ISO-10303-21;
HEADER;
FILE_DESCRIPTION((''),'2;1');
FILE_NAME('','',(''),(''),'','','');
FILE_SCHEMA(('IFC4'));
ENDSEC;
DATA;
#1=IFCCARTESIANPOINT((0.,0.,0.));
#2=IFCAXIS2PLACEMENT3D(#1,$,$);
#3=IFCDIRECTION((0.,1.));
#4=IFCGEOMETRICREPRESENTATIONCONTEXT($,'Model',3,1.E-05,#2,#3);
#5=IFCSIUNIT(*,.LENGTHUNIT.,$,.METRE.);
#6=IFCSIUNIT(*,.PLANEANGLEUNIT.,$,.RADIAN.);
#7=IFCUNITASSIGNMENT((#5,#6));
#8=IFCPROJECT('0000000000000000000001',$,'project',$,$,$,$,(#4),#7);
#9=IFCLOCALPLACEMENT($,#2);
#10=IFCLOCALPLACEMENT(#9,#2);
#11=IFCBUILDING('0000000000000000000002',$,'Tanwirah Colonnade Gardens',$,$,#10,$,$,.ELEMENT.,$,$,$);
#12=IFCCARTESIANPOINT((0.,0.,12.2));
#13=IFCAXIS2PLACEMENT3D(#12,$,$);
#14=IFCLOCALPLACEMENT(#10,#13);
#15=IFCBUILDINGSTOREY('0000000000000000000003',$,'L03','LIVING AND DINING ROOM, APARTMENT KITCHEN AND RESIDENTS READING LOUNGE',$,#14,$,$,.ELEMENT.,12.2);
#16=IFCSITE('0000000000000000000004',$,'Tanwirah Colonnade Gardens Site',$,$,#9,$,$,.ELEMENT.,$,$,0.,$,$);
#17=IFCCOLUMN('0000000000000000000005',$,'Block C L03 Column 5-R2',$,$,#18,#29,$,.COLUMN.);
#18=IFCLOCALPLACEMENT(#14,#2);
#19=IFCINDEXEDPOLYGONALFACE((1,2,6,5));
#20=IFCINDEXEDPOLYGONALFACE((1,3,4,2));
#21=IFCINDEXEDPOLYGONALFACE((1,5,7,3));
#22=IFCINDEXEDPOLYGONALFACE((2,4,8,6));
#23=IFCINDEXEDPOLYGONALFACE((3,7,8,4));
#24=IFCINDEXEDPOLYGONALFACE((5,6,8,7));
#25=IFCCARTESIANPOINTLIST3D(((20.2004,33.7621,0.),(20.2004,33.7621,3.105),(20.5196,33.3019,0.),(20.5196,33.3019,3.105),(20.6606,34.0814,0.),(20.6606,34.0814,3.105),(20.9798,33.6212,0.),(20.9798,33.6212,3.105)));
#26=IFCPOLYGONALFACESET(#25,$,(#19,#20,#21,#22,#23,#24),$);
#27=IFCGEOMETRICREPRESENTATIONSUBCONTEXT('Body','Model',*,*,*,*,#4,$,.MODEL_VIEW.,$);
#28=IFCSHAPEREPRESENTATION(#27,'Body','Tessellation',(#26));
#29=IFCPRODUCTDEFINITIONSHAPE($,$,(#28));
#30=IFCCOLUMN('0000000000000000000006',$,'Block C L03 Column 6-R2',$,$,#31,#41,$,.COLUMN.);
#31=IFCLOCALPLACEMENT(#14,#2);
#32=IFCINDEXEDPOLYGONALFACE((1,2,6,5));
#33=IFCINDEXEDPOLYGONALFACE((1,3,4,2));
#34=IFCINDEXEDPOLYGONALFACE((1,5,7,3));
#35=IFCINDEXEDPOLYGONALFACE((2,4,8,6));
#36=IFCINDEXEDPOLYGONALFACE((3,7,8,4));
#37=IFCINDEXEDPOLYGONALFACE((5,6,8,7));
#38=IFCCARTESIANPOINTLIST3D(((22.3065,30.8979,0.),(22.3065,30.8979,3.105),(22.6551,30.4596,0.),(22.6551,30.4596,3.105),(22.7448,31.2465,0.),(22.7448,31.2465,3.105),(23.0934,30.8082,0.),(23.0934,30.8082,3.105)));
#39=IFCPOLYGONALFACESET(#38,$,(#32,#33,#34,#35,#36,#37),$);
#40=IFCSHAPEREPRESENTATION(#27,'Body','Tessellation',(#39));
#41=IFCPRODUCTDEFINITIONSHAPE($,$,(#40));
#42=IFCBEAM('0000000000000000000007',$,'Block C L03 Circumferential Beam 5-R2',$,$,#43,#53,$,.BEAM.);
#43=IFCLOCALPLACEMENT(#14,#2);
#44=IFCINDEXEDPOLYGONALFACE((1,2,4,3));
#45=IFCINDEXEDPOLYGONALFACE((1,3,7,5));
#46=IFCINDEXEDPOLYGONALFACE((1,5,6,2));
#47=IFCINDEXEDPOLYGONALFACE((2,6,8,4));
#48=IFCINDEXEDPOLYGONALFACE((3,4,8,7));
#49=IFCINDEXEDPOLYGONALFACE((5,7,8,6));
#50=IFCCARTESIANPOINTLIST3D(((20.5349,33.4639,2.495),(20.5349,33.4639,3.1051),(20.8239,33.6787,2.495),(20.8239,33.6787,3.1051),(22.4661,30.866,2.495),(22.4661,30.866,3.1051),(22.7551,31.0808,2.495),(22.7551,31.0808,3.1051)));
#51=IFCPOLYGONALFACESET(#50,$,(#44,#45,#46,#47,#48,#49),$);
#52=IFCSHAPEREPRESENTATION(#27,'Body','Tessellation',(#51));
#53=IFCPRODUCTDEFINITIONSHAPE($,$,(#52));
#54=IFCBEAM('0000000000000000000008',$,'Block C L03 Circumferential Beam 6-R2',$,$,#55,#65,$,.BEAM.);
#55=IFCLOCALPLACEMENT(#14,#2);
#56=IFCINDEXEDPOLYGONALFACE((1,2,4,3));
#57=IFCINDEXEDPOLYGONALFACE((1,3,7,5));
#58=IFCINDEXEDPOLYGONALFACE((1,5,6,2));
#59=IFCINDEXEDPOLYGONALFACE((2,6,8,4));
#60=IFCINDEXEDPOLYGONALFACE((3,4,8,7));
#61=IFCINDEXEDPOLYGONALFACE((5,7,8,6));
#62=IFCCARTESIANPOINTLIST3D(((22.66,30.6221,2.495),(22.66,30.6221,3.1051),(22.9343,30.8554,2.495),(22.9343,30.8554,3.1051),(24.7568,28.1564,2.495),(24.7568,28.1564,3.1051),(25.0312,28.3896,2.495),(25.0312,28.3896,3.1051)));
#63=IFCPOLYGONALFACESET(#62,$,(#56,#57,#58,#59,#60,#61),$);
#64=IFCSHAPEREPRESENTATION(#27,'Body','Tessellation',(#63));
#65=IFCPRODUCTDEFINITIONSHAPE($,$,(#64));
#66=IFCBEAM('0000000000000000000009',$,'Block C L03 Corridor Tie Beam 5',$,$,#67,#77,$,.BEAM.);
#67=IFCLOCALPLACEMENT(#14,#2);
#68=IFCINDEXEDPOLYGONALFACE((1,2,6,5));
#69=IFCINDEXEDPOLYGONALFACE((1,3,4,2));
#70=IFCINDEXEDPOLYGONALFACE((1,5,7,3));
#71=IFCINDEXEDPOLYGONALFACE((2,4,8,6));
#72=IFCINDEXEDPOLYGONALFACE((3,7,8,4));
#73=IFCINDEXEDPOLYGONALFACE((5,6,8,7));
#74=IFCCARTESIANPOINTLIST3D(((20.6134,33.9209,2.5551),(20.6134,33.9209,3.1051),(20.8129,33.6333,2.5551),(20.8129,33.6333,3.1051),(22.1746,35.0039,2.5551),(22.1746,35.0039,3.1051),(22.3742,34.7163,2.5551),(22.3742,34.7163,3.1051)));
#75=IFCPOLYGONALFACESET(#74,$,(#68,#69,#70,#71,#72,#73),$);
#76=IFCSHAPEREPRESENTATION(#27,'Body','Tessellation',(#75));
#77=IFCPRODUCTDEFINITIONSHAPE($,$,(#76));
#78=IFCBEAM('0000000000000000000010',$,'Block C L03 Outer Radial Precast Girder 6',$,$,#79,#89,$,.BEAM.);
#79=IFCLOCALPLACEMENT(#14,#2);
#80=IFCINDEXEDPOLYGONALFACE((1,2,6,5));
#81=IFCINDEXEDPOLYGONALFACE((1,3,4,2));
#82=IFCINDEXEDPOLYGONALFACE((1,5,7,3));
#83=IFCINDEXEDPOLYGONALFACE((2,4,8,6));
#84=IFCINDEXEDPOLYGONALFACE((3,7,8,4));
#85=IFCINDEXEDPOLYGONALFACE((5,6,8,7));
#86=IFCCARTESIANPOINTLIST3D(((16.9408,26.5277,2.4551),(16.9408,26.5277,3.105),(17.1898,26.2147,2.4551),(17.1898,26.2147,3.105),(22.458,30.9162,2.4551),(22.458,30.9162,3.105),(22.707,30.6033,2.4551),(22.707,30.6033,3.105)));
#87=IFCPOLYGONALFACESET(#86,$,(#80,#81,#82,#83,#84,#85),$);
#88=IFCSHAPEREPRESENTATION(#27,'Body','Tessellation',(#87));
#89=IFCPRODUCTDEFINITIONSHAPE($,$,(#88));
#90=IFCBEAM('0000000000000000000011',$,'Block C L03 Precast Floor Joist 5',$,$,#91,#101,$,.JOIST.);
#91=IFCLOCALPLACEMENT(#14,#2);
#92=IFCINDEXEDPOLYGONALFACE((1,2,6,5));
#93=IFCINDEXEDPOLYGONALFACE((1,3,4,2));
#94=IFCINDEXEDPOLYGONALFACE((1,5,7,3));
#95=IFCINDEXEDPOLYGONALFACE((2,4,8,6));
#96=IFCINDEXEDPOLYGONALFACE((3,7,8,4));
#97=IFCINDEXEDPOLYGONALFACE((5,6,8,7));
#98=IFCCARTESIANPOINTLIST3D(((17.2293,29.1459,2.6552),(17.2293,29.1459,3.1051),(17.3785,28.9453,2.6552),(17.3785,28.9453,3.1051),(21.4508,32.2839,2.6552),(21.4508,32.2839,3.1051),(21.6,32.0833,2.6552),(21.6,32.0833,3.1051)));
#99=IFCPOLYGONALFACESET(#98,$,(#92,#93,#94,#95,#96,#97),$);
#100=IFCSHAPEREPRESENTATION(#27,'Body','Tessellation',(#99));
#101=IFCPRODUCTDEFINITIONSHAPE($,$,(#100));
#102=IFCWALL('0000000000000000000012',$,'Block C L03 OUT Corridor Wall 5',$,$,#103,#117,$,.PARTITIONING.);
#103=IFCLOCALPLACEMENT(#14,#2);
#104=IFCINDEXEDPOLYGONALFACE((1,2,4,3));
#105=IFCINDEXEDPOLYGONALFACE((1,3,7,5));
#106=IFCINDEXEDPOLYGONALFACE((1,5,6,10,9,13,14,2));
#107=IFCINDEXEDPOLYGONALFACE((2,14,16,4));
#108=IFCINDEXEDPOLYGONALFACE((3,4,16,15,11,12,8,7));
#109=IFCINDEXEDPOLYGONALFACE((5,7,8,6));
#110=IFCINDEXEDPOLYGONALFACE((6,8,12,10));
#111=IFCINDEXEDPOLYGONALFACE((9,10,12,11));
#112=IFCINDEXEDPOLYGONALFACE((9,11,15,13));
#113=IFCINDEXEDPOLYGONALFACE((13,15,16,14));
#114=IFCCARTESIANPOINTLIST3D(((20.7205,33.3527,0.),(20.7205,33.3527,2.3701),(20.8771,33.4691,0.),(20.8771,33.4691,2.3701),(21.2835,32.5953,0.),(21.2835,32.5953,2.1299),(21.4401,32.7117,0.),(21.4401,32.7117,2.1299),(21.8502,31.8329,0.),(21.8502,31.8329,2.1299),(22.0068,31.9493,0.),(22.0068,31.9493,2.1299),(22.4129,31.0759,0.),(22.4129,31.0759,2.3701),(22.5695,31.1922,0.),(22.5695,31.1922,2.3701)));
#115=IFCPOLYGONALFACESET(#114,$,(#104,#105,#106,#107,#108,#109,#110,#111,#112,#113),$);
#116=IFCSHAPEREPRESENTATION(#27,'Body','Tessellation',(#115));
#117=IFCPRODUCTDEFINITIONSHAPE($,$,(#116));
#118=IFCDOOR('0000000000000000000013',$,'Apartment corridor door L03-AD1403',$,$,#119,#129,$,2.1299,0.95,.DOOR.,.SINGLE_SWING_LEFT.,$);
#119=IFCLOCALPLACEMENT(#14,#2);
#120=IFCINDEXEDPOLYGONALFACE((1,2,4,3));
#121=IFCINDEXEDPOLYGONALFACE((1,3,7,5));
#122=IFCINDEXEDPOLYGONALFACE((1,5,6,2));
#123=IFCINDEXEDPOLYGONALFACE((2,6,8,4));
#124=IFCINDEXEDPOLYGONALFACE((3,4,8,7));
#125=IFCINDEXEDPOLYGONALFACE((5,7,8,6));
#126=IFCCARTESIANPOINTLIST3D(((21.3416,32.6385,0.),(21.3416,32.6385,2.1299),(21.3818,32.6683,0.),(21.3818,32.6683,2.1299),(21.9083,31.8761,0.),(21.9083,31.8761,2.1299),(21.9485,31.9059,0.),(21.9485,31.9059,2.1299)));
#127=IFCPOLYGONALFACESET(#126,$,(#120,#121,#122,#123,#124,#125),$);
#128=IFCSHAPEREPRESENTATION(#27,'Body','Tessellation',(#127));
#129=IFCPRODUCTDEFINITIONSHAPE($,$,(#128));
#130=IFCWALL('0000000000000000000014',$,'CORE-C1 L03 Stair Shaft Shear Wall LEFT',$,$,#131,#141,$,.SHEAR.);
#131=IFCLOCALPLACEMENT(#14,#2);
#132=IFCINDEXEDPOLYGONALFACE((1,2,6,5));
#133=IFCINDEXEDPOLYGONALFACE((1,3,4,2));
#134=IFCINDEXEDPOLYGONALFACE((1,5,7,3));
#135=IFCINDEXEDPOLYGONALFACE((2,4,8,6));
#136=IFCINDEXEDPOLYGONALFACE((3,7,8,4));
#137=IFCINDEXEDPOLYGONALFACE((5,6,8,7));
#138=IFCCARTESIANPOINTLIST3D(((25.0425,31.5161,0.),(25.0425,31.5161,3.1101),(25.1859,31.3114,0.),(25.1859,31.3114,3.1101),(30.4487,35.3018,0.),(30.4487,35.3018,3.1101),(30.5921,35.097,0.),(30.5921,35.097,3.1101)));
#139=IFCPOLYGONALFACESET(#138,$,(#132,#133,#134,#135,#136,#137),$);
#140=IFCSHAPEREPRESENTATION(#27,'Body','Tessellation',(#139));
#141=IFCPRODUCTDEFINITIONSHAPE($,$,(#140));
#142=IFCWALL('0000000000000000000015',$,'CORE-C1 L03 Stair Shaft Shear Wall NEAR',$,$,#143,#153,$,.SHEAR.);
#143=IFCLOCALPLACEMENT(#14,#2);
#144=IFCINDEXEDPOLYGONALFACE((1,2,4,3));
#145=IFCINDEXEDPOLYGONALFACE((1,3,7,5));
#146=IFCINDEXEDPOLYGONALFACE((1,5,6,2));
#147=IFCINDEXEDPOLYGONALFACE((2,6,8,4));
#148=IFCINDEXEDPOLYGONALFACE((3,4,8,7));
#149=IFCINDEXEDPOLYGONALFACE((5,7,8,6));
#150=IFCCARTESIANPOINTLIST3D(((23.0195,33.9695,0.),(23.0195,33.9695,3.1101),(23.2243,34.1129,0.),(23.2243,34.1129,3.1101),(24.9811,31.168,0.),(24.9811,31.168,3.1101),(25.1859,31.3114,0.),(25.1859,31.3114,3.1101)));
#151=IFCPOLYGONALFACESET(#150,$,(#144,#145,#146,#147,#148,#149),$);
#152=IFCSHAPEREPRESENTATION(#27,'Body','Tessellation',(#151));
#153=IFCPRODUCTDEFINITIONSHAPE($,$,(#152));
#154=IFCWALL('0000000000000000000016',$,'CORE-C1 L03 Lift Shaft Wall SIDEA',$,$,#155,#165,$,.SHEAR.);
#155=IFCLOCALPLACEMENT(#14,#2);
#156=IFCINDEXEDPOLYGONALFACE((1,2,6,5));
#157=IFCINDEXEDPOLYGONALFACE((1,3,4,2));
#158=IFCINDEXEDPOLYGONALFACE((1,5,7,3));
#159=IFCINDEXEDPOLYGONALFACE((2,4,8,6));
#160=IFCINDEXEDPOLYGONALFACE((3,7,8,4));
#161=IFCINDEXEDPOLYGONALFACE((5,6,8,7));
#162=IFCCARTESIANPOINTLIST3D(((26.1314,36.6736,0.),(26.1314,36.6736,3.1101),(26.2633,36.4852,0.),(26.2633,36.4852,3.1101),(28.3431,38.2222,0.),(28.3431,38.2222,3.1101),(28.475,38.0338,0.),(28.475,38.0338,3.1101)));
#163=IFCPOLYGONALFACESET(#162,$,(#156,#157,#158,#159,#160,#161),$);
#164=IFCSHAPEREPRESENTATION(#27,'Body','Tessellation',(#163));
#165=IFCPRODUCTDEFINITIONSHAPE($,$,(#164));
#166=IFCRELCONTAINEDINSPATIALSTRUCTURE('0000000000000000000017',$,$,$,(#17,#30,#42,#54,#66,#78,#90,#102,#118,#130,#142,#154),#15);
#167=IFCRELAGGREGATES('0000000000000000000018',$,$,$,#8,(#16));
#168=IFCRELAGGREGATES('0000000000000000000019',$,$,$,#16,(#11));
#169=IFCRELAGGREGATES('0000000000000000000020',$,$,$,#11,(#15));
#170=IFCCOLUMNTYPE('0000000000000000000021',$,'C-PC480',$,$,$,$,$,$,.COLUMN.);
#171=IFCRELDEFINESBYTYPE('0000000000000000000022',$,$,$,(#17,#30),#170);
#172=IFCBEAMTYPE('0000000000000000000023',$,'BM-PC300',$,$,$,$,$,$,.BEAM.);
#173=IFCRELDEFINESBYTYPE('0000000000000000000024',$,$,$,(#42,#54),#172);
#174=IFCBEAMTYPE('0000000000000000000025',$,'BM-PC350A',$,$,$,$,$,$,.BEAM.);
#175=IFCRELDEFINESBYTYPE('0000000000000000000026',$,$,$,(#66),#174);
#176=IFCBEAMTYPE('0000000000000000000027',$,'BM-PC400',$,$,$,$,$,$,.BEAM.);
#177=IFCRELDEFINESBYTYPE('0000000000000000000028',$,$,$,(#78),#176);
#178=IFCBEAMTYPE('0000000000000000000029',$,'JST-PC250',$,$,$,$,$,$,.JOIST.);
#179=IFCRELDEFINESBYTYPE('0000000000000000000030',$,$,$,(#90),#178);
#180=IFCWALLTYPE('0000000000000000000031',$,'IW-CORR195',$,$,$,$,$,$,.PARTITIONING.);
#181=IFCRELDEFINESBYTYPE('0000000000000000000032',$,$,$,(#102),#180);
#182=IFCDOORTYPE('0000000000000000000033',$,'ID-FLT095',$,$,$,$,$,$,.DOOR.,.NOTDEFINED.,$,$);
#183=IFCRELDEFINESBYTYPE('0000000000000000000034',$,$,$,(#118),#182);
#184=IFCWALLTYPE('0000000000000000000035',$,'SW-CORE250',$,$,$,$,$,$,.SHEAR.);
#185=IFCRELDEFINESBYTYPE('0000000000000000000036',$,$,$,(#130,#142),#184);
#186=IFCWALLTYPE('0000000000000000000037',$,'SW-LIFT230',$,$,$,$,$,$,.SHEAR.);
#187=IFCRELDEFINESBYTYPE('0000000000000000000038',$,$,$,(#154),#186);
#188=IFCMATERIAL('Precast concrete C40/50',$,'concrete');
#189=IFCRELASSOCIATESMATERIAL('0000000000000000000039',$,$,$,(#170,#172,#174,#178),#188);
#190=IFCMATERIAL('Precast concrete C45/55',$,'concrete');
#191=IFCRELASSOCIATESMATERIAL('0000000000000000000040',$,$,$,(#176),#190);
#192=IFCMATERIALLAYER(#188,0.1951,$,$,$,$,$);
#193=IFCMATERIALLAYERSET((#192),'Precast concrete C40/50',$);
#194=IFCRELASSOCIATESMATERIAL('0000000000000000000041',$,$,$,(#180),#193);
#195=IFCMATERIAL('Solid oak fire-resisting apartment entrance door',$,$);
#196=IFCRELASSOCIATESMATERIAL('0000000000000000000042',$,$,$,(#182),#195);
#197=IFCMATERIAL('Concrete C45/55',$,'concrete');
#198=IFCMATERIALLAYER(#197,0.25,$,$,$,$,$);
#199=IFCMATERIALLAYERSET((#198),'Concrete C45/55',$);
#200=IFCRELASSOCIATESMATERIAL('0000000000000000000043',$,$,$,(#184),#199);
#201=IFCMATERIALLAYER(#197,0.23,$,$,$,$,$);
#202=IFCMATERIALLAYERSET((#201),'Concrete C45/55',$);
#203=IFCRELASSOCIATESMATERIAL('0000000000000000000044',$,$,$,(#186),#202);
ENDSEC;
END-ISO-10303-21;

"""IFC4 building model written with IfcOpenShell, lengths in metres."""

from ifc_helpers import new_model, si_unit, direction, frame, frame_2d, origin, origin_2d, place, context, subcontext, project, spatial, rectangle, extrude, material, layer, layer_set, material_profile, profile_set, type_object, element, fill, save


model = new_model("IFC4")

# Units and contexts
model_context = context("Model", 3, precision=1e-05, world=origin(), true_north=direction((0.0, 1.0)))
body_context = subcontext(model_context, "Body", "Model", "MODEL_VIEW")
ifc_project = project(units=[si_unit("LENGTHUNIT", "METRE"), si_unit("PLANEANGLEUNIT", "RADIAN")], contexts=[model_context])

# Site, building, storey
site_placement = place(None, origin())
site = spatial("IfcSite", under=ifc_project, at=site_placement, Name="Tanwirah Colonnade Gardens Site", CompositionType="ELEMENT", RefElevation=0.0)
building_placement = place(site_placement, origin())
building = spatial("IfcBuilding", under=site, at=building_placement, Name="Tanwirah Colonnade Gardens", CompositionType="ELEMENT")
storey_placement = place(building_placement, frame((0.0, 0.0, 12.2)))
storey = spatial("IfcBuildingStorey", under=building, at=storey_placement, Name="L03", Description="LIVING AND DINING ROOM, APARTMENT KITCHEN AND RESIDENTS READING LOUNGE", CompositionType="ELEMENT", Elevation=12.2)

# Columns
ifc_material_1 = material(Name="Precast concrete C40/50", Category="concrete")
ifc_material_profile_1 = material_profile(ifc_material_1, rectangle(XDim=0.5601, YDim=0.5601, at=origin_2d()), Name="PC-COL 560x560")
ifc_profile_set_1 = profile_set([ifc_material_profile_1], Name="Precast concrete C40/50")
column_type = type_object("IfcColumnType", Name="C-PC480", PredefinedType="COLUMN", material=ifc_profile_set_1)
for number, where, z_axis, x_axis, name in (
    (1, (20.5901, 33.6917, 0.0), (0.0, 0.0, 1.0), (-0.821647, -0.569997, 0.0), "Block C L03 Column 5-R2"),
    (2, (22.7, 30.853, 0.0), (0.0, 0.0, 1.0), (-0.782608, -0.622515, 0.0), "Block C L03 Column 6-R2"),
):
    element("IfcColumn", number, at=place(storey_placement, frame(where, z_axis=z_axis, x_axis=x_axis)), inside=storey, type_object=column_type, Name=name, PredefinedType="COLUMN", context=body_context, shape_type="SweptSolid", body=[
        extrude(rectangle(XDim=0.5601, YDim=0.5601, at=origin_2d()), origin(), (0.0, 0.0, 1.0), 3.105),
    ])

# Beams
ifc_material_profile_2 = material_profile(ifc_material_1, rectangle(XDim=0.3601, YDim=0.6101, at=origin_2d()), Name="PC-BM 360x610")
ifc_profile_set_2 = profile_set([ifc_material_profile_2], Name="Precast concrete C40/50")
beam_type_1 = type_object("IfcBeamType", Name="BM-PC300", PredefinedType="BEAM", material=ifc_profile_set_2)
beam_1_placement = place(storey_placement, frame((20.6794, 33.5713, 2.8), z_axis=(0.596579, -0.802554, 0.0), x_axis=(0.802554, 0.596579, 0.0)))
element("IfcBeam", 3, at=beam_1_placement, inside=storey, type_object=beam_type_1, Name="Block C L03 Circumferential Beam 5-R2", PredefinedType="BEAM", context=body_context, shape_type="SweptSolid", body=[
    extrude(rectangle(XDim=0.3601, YDim=0.6101, at=origin_2d()), origin(), (0.0, 0.0, 1.0), 3.2371),
])
beam_2_placement = place(storey_placement, frame((22.7971, 30.7388, 2.8), z_axis=(0.647824, -0.76179, 0.0), x_axis=(0.76179, 0.647824, 0.0)))
element("IfcBeam", 4, at=beam_2_placement, inside=storey, type_object=beam_type_1, Name="Block C L03 Circumferential Beam 6-R2", PredefinedType="BEAM", context=body_context, shape_type="SweptSolid", body=[
    extrude(rectangle(XDim=0.3601, YDim=0.6101, at=origin_2d()), origin(), (0.0, 0.0, 1.0), 3.2368),
])
ifc_material_profile_3 = material_profile(ifc_material_1, rectangle(XDim=0.3501, YDim=0.55, at=origin_2d()), Name="PC-BM 350x550")
ifc_profile_set_3 = profile_set([ifc_material_profile_3], Name="Precast concrete C40/50")
beam_type_2 = type_object("IfcBeamType", Name="BM-PC350A", PredefinedType="BEAM", material=ifc_profile_set_3)
beam_3_placement = place(storey_placement, frame((22.2744, 34.8601, 2.8301), z_axis=(-0.821669, -0.569965, 0.0), x_axis=(0.569965, -0.821669, 0.0)))
element("IfcBeam", 5, at=beam_3_placement, inside=storey, type_object=beam_type_2, Name="Block C L03 Corridor Tie Beam 5", PredefinedType="BEAM", context=body_context, shape_type="SweptSolid", body=[
    extrude(rectangle(XDim=0.3501, YDim=0.55, at=origin_2d()), origin(), (0.0, 0.0, 1.0), 1.9001),
])
ifc_material_2 = material(Name="Precast concrete C45/55", Category="concrete")
ifc_material_profile_4 = material_profile(ifc_material_2, rectangle(XDim=0.3999, YDim=0.6499, at=origin_2d()), Name="PC-BM 400x650")
ifc_profile_set_4 = profile_set([ifc_material_profile_4], Name="Precast concrete C45/55")
beam_type_3 = type_object("IfcBeamType", Name="BM-PC400", PredefinedType="BEAM", material=ifc_profile_set_4)
beam_4_placement = place(storey_placement, frame((22.5825, 30.7598, 2.78), z_axis=(-0.782609, -0.622513, 0.0), x_axis=(0.622513, -0.782609, 0.0)))
element("IfcBeam", 6, at=beam_4_placement, inside=storey, type_object=beam_type_3, Name="Block C L03 Outer Radial Precast Girder 6", PredefinedType="BEAM", context=body_context, shape_type="SweptSolid", body=[
    extrude(rectangle(XDim=0.3999, YDim=0.6499, at=origin_2d()), origin(), (0.0, 0.0, 1.0), 7.0498),
])
ifc_material_profile_5 = material_profile(ifc_material_1, rectangle(XDim=0.25, YDim=0.45, at=origin_2d()), Name="PC-JST 250x450")
ifc_profile_set_5 = profile_set([ifc_material_profile_5], Name="Precast concrete C40/50")
beam_type_4 = type_object("IfcBeamType", Name="JST-PC250", PredefinedType="JOIST", material=ifc_profile_set_5)
beam_5_placement = place(storey_placement, frame((21.5254, 32.1836, 2.8801), z_axis=(-0.80256, -0.596571, 0.0), x_axis=(0.596571, -0.80256, 0.0)))
element("IfcBeam", 7, at=beam_5_placement, inside=storey, type_object=beam_type_4, Name="Block C L03 Precast Floor Joist 5", PredefinedType="JOIST", context=body_context, shape_type="SweptSolid", body=[
    extrude(rectangle(XDim=0.25, YDim=0.45, at=origin_2d()), origin(), (0.0, 0.0, 1.0), 5.26),
])

# Wall, opening, door
ifc_layer_1 = layer(ifc_material_1, 0.1951)
ifc_layer_set_1 = layer_set([ifc_layer_1], Name="Precast concrete C40/50")
wall_type_1 = type_object("IfcWallType", Name="IW-CORR195", PredefinedType="PARTITIONING", material=ifc_layer_set_1)
wall_1_placement = place(storey_placement, frame((20.7988, 33.4109, 0.0), z_axis=(0.0, 0.0, 1.0), x_axis=(0.596552, -0.802574, 0.0)))
wall_1 = element("IfcWall", 8, at=wall_1_placement, inside=storey, type_object=wall_type_1, Name="Block C L03 OUT Corridor Wall 5", PredefinedType="PARTITIONING", context=body_context, shape_type="SweptSolid", body=[
    extrude(rectangle(XDim=2.8369, YDim=0.1951, at=frame_2d((1.4185, 0.0))), origin(), (0.0, 0.0, 1.0), 2.3701),
])
opening_1_placement = place(wall_1_placement, frame((0.9436, 0.0, 0.0)))
opening_1 = element("IfcOpeningElement", 9, at=opening_1_placement, cuts=wall_1, PredefinedType="OPENING", context=body_context, shape_type="SweptSolid", body=[
    extrude(rectangle(XDim=0.95, YDim=2.1299, at=frame_2d((0.4751, 1.0649))), frame((0.0, 0.1074, 0.0), z_axis=(0.0, -1.0, 0.0), x_axis=(1.0, 0.0, 0.0)), (0.0, 0.0, 1.0), 0.2151),
])
ifc_material_3 = material(Name="Solid oak fire-resisting apartment entrance door")
door_type_1 = type_object("IfcDoorType", Name="ID-FLT095", OperationType="NOTDEFINED", PredefinedType="DOOR", material=ifc_material_3)
door_1_placement = place(opening_1_placement, origin())
door_1 = element("IfcDoor", 10, at=door_1_placement, inside=storey, type_object=door_type_1, Name="Apartment corridor door L03-AD1403", OperationType="SINGLE_SWING_LEFT", OverallHeight=2.1299, OverallWidth=0.95, PredefinedType="DOOR", context=body_context, shape_type="SweptSolid", body=[
    extrude(rectangle(XDim=0.95, YDim=2.1299, at=frame_2d((0.4751, 1.0649))), frame((0.0, 0.0249, 0.0), z_axis=(0.0, -1.0, 0.0), x_axis=(1.0, 0.0, 0.0)), (0.0, 0.0, 1.0), 0.05),
])
fill(opening_1, door_1)

# Walls
ifc_material_4 = material(Name="Concrete C45/55", Category="concrete")
ifc_layer_2 = layer(ifc_material_4, 0.25)
ifc_layer_set_2 = layer_set([ifc_layer_2], Name="Concrete C45/55")
wall_type_2 = type_object("IfcWallType", Name="SW-CORE250", PredefinedType="SHEAR", material=ifc_layer_set_2)
wall_2_placement = place(storey_placement, frame((25.1143, 31.4138, 0.0), z_axis=(0.0, 0.0, 1.0), x_axis=(0.819142, 0.573591, 0.0)))
element("IfcWall", 11, at=wall_2_placement, inside=storey, type_object=wall_type_2, Name="CORE-C1 L03 Stair Shaft Shear Wall LEFT", PredefinedType="SHEAR", context=body_context, shape_type="SweptSolid", body=[
    extrude(rectangle(XDim=6.5999, YDim=0.25, at=frame_2d((3.2998, 0.0))), origin(), (0.0, 0.0, 1.0), 3.1101),
])
wall_3_placement = place(storey_placement, frame((25.0835, 31.2397, 0.0), z_axis=(0.0, 0.0, 1.0), x_axis=(-0.573582, 0.819148, 0.0)))
element("IfcWall", 12, at=wall_3_placement, inside=storey, type_object=wall_type_2, Name="CORE-C1 L03 Stair Shaft Shear Wall NEAR", PredefinedType="SHEAR", context=body_context, shape_type="SweptSolid", body=[
    extrude(rectangle(XDim=3.4199, YDim=0.25, at=frame_2d((1.71, 0.0))), origin(), (0.0, 0.0, 1.0), 3.1101),
])

# Shared definitions
ifc_layer_3 = layer(ifc_material_4, 0.23)
ifc_layer_set_3 = layer_set([ifc_layer_3], Name="Concrete C45/55")
wall_type_3 = type_object("IfcWallType", Name="SW-LIFT230", PredefinedType="SHEAR", material=ifc_layer_set_3)

# Wall
wall_4_placement = place(storey_placement, frame((26.1973, 36.5793, 0.0), z_axis=(0.0, 0.0, 1.0), x_axis=(0.81916, 0.573566, 0.0)))
element("IfcWall", 13, at=wall_4_placement, inside=storey, type_object=wall_type_3, Name="CORE-C1 L03 Lift Shaft Wall SIDEA", PredefinedType="SHEAR", context=body_context, shape_type="SweptSolid", body=[
    extrude(rectangle(XDim=2.7, YDim=0.23, at=frame_2d((1.3501, 0.0))), origin(), (0.0, 0.0, 1.0), 3.1101),
])

save(model, "model.ifc")
